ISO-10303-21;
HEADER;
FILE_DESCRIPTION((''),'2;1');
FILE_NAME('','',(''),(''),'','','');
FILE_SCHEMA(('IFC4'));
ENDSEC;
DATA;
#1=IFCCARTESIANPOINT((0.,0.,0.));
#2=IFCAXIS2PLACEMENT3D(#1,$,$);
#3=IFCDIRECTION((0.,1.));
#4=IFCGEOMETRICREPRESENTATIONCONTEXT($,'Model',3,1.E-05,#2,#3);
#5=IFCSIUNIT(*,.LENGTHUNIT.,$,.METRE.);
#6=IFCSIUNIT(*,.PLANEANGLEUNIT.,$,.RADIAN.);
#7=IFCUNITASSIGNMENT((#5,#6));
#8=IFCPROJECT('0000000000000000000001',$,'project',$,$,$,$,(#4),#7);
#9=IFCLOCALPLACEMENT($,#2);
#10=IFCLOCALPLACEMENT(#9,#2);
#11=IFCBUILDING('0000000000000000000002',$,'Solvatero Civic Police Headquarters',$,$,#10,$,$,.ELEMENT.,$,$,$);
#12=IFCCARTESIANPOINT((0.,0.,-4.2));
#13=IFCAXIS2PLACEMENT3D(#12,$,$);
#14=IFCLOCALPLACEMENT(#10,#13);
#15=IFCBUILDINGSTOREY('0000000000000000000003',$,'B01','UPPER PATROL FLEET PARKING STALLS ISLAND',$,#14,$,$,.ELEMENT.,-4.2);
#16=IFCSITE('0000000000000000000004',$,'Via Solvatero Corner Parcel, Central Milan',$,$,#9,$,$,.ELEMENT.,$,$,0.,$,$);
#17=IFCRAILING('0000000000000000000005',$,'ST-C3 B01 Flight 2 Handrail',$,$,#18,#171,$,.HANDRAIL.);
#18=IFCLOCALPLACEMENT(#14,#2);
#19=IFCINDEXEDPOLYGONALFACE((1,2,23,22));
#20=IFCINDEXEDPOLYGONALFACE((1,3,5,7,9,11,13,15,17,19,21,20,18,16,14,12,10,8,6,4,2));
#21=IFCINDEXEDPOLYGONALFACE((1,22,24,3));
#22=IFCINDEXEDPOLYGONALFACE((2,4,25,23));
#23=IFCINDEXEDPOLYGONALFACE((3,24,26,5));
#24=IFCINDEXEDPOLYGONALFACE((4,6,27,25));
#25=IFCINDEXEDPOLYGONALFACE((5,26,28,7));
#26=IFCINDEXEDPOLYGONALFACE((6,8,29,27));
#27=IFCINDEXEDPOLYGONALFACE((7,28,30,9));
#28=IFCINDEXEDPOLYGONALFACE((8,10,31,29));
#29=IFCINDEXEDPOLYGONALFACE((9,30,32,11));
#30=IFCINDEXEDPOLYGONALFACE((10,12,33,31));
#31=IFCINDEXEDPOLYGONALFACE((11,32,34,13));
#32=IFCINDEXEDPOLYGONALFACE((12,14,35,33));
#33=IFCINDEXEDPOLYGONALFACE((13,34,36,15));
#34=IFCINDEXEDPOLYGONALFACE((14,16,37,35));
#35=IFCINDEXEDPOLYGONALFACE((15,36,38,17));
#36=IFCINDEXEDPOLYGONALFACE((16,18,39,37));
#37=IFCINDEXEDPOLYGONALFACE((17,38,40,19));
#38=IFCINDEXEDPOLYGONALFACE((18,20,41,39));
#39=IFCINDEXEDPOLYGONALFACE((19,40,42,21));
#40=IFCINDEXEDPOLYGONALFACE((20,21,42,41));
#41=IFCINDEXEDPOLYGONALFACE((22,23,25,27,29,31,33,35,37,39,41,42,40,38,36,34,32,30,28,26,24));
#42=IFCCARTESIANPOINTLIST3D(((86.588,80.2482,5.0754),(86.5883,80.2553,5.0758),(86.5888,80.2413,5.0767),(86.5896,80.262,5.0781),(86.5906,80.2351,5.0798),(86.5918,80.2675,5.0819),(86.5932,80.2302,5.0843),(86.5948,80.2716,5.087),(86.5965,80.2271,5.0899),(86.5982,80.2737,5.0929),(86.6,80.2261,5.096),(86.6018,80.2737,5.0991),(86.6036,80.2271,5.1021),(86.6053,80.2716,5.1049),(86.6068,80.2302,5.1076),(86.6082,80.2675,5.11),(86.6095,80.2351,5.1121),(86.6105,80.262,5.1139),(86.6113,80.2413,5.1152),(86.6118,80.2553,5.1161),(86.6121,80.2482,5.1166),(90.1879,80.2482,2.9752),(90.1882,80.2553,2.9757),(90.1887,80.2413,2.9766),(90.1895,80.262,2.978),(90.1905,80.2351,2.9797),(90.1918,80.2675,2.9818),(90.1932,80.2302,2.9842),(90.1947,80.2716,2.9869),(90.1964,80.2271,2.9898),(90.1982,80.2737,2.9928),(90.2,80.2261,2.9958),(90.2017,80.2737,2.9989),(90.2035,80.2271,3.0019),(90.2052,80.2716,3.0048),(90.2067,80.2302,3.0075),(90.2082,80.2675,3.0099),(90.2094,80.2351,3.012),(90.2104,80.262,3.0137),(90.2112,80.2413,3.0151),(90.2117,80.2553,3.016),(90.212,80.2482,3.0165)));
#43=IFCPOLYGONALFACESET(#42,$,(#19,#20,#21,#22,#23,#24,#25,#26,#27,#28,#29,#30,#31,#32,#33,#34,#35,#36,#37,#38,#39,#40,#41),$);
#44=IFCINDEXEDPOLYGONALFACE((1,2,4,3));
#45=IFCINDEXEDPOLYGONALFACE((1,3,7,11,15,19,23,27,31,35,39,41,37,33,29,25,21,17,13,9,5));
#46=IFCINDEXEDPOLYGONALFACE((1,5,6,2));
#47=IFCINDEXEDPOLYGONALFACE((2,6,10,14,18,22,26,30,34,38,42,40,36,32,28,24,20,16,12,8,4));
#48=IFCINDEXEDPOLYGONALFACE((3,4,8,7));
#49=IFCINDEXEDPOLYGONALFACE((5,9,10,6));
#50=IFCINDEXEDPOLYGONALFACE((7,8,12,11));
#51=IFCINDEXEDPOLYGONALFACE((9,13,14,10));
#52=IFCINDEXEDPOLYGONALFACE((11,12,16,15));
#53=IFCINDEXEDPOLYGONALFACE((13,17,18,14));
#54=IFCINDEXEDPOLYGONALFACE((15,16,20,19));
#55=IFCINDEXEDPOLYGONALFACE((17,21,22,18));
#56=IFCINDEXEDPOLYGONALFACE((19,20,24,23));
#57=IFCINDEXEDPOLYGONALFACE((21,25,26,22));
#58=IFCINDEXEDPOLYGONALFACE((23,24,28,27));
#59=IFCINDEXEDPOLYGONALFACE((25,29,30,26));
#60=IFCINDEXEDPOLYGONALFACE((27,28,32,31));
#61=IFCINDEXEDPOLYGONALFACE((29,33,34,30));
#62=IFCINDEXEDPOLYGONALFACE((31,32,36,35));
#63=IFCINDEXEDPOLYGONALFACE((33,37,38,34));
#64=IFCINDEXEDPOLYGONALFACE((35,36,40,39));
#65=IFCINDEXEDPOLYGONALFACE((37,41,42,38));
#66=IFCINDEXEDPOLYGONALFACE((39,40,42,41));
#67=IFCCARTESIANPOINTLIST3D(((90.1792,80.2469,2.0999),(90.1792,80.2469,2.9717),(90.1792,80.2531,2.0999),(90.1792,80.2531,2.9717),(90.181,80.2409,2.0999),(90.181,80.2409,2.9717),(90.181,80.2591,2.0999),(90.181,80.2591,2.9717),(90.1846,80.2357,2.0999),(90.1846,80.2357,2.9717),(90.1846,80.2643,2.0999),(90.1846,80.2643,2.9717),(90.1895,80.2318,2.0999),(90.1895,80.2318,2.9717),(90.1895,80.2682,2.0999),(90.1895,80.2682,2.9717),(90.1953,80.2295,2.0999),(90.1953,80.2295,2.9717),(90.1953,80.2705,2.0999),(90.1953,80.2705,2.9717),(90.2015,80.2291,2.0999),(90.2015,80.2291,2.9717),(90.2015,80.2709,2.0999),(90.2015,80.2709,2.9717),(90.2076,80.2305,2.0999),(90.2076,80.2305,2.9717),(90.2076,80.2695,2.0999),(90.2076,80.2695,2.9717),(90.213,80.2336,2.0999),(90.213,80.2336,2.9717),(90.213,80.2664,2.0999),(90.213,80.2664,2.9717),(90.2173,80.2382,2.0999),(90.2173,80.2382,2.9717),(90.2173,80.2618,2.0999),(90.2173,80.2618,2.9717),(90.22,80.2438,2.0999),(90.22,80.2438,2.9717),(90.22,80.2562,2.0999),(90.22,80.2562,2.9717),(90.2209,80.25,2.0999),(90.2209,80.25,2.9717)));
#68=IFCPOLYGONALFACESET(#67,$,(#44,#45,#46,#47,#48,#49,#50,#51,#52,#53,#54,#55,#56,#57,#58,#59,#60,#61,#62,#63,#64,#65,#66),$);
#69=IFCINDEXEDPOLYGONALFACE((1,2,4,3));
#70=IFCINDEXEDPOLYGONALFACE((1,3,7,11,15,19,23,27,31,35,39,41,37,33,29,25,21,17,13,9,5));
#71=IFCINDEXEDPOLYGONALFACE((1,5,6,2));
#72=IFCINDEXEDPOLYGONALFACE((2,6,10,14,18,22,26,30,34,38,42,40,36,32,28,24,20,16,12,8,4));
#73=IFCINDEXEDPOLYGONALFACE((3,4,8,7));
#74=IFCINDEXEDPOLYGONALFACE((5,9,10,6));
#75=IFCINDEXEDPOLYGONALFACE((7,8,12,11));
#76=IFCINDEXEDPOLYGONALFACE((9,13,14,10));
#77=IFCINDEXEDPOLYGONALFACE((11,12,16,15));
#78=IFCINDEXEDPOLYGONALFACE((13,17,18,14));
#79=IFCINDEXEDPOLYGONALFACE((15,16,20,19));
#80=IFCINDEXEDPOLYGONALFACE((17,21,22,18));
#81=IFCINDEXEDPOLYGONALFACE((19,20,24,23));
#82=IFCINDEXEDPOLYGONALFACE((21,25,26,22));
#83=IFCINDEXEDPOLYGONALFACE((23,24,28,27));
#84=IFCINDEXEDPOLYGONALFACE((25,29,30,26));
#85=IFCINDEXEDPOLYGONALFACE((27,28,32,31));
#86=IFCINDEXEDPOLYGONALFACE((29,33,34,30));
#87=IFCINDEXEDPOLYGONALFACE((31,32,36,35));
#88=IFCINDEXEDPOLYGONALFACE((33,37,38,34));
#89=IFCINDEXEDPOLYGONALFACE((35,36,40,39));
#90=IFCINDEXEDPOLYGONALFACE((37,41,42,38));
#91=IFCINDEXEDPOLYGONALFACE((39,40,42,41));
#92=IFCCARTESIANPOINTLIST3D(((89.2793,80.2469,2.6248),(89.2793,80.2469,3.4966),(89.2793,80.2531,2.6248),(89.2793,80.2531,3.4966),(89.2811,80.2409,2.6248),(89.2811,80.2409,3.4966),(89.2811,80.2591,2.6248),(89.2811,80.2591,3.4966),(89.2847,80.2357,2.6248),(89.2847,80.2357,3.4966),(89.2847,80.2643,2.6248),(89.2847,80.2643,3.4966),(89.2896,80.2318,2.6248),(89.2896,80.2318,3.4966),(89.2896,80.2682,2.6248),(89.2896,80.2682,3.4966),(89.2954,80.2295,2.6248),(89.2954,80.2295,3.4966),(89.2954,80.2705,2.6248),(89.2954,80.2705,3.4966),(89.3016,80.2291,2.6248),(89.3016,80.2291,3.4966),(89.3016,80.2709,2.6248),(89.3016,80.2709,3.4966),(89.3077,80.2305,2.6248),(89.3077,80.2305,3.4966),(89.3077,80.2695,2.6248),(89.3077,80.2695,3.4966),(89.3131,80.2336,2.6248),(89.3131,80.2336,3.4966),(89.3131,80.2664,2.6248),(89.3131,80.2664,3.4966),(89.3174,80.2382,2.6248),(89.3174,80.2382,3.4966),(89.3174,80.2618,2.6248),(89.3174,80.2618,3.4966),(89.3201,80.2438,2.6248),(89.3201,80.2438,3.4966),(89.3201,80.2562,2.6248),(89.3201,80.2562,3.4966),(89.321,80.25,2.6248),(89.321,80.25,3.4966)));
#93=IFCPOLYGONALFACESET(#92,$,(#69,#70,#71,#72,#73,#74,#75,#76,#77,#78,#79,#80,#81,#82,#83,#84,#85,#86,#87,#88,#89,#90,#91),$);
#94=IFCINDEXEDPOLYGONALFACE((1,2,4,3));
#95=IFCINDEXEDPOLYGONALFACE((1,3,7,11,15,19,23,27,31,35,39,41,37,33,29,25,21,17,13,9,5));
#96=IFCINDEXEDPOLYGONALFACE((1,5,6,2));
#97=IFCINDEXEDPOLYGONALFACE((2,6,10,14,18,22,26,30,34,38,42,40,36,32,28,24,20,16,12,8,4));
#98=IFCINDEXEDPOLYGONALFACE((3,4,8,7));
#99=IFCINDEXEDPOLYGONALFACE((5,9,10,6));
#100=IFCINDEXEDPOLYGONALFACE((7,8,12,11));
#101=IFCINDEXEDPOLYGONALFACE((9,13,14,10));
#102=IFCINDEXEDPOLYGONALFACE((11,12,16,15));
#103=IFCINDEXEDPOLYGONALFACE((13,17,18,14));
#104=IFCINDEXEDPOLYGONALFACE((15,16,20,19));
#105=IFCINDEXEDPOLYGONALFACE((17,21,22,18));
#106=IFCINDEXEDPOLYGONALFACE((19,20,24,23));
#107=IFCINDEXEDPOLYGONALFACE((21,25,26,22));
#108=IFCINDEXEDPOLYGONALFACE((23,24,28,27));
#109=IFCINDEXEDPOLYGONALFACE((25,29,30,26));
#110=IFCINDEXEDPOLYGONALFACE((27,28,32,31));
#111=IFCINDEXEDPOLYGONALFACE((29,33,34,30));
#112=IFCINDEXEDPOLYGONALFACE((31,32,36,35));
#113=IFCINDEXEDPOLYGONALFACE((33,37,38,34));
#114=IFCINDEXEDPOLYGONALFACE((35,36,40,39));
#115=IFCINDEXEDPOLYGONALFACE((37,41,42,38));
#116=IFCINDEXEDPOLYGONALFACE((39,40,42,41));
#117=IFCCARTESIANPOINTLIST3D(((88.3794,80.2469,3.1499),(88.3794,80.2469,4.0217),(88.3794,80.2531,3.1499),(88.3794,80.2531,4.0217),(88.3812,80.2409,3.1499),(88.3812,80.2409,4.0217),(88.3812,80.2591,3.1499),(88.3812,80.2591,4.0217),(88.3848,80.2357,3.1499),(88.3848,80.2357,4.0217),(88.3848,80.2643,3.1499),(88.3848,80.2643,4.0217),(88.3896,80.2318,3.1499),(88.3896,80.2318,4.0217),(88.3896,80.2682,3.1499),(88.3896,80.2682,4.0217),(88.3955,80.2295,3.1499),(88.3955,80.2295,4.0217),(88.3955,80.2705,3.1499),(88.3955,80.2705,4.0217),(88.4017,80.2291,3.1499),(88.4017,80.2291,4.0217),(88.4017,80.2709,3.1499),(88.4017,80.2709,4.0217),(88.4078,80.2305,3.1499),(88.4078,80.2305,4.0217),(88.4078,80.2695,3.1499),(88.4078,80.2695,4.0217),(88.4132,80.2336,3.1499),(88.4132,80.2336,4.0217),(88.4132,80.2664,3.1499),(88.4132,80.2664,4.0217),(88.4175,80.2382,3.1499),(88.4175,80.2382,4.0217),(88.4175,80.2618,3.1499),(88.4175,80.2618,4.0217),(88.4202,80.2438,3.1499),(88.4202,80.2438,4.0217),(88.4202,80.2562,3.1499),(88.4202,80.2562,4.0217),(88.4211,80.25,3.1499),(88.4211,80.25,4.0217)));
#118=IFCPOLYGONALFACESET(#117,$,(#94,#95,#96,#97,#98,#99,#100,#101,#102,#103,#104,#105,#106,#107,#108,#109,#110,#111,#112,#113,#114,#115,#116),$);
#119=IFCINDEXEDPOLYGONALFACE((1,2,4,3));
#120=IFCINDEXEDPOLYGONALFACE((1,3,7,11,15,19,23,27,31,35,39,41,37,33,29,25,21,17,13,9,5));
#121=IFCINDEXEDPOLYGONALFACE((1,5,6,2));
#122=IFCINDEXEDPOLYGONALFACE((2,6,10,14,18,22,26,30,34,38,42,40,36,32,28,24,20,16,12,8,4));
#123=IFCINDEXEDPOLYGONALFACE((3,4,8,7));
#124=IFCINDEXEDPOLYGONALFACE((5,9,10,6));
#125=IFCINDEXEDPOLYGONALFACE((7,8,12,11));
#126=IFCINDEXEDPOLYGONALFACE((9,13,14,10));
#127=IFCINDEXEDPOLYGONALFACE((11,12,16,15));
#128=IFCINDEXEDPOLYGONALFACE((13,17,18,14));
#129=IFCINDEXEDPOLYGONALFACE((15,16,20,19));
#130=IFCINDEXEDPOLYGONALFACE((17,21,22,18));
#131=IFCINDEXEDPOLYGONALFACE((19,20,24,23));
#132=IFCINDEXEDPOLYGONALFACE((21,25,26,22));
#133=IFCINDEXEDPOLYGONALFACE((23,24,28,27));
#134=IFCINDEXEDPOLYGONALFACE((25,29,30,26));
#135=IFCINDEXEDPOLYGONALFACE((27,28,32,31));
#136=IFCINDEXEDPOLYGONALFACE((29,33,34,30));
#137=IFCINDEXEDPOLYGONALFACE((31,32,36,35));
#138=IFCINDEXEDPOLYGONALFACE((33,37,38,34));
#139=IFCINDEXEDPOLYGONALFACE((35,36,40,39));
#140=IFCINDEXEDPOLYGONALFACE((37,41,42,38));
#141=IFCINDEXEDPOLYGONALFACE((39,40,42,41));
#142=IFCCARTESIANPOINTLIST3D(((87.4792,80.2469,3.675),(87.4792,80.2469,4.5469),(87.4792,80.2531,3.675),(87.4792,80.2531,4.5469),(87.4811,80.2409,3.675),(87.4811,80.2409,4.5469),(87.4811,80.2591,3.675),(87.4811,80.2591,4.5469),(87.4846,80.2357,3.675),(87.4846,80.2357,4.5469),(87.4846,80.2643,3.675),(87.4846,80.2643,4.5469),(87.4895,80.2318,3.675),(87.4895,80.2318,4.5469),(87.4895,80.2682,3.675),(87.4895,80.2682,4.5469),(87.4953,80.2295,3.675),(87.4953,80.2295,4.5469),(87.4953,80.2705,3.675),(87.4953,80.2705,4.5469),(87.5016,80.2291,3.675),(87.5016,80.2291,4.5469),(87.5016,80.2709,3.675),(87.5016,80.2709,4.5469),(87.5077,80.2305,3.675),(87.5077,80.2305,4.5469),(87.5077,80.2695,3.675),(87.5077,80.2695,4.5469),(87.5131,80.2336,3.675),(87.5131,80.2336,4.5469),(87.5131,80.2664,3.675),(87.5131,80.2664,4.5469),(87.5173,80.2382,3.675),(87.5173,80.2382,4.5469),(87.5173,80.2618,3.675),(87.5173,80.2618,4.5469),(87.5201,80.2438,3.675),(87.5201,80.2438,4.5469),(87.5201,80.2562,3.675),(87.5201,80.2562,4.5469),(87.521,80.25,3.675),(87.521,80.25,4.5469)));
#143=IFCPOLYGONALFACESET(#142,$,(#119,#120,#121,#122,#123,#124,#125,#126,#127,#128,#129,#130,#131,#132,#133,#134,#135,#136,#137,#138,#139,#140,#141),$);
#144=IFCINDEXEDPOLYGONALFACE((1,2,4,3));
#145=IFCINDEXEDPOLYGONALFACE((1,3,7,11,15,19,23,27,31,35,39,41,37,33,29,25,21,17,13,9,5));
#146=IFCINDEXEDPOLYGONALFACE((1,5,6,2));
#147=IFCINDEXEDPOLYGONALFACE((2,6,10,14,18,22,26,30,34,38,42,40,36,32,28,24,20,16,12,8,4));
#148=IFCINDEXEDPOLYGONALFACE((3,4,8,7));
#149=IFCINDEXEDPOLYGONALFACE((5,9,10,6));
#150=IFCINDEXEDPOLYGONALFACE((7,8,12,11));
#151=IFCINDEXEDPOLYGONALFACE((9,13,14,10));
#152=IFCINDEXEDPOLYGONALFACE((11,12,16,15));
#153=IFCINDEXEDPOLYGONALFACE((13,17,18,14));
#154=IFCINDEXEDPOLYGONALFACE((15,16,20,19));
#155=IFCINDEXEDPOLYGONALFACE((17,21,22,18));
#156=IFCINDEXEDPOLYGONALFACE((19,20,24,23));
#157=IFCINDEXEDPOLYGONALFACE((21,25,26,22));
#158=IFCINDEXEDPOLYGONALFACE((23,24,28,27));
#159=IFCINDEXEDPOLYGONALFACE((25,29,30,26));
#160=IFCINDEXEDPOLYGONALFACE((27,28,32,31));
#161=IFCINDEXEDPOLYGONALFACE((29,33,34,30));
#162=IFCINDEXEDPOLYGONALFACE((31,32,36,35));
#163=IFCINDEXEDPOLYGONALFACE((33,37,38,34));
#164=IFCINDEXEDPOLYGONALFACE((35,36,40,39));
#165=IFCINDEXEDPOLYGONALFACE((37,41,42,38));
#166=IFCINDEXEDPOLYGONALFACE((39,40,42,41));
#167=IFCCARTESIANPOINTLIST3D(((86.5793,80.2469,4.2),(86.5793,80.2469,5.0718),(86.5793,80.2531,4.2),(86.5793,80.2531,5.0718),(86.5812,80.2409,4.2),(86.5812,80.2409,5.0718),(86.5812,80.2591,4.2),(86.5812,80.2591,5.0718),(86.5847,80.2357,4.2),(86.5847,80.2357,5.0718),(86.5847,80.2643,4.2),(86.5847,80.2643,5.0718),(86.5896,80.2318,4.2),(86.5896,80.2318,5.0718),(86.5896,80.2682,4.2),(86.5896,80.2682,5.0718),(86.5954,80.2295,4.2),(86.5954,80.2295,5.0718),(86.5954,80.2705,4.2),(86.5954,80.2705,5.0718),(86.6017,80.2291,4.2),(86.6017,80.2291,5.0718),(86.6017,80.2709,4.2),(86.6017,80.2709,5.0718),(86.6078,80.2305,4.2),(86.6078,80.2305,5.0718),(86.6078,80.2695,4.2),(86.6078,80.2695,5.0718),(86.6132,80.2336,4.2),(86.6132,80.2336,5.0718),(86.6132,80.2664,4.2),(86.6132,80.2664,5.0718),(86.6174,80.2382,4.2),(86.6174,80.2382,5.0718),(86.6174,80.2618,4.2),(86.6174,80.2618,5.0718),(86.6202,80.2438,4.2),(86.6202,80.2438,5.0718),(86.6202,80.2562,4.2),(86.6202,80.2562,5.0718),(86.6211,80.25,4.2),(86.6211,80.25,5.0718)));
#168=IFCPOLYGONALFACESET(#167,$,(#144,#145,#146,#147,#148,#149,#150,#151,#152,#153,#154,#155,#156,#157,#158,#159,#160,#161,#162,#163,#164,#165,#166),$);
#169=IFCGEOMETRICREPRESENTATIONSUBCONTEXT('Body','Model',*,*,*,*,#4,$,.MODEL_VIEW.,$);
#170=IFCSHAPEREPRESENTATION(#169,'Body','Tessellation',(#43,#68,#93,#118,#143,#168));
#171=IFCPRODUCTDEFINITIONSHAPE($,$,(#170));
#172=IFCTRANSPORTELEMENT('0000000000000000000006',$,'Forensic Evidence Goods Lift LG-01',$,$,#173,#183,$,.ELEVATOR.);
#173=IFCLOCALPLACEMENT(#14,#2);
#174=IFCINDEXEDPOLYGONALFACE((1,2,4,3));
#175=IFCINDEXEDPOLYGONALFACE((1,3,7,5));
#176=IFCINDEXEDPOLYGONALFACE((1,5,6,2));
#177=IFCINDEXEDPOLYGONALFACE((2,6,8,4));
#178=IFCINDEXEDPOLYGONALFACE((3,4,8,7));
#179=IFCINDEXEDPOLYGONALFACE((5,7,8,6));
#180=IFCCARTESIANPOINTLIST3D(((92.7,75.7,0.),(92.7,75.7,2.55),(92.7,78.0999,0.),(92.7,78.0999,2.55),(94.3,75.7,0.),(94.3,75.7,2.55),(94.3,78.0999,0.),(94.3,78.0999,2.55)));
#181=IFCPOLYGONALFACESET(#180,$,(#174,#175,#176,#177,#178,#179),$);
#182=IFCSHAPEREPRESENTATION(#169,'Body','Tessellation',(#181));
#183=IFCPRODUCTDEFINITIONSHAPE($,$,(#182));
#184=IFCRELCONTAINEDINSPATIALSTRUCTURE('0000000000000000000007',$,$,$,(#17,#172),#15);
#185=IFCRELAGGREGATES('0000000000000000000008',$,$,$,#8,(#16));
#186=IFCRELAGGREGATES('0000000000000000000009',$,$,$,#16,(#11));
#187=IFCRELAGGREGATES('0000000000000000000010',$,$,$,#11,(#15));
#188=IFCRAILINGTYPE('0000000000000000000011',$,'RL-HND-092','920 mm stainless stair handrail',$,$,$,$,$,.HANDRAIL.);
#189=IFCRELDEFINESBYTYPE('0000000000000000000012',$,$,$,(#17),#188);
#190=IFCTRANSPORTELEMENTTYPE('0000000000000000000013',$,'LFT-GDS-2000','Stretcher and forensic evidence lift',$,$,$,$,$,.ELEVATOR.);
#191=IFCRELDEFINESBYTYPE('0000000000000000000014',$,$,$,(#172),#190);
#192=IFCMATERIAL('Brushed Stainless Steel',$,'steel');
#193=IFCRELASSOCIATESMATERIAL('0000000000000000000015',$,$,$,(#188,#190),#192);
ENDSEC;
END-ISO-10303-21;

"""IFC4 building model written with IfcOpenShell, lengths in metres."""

from ifc_helpers import new_model, si_unit, direction, frame, origin, origin_2d, place, context, subcontext, project, spatial, rectangle, circle, extrude, material, type_object, element, save


model = new_model("IFC4")

# Units and contexts
model_context = context("Model", 3, precision=1e-05, world=origin(), true_north=direction((0.0, 1.0)))
body_context = subcontext(model_context, "Body", "Model", "MODEL_VIEW")
ifc_project = project(units=[si_unit("LENGTHUNIT", "METRE"), si_unit("PLANEANGLEUNIT", "RADIAN")], contexts=[model_context])

# Site, building, storey
site_placement = place(None, origin())
site = spatial("IfcSite", under=ifc_project, at=site_placement, Name="Via Solvatero Corner Parcel, Central Milan", CompositionType="ELEMENT", RefElevation=0.0)
building_placement = place(site_placement, origin())
building = spatial("IfcBuilding", under=site, at=building_placement, Name="Solvatero Civic Police Headquarters", CompositionType="ELEMENT")
storey_placement = place(building_placement, frame((0.0, 0.0, -4.2)))
storey = spatial("IfcBuildingStorey", under=building, at=storey_placement, Name="B01", Description="UPPER PATROL FLEET PARKING STALLS ISLAND", CompositionType="ELEMENT", Elevation=-4.2)

# Railing
ifc_material_1 = material(Name="Brushed Stainless Steel", Category="steel")
railing_type_1 = type_object("IfcRailingType", Name="RL-HND-092", Description="920 mm stainless stair handrail", PredefinedType="HANDRAIL", material=ifc_material_1)
railing_1_placement = place(storey_placement, frame((90.2, 80.25, 2.0999)))
element("IfcRailing", 1, at=railing_1_placement, inside=storey, type_object=railing_type_1, Name="ST-C3 B01 Flight 2 Handrail", PredefinedType="HANDRAIL", context=body_context, shape_type="SweptSolid", body=[
    extrude(circle(Radius=0.0239, at=origin_2d()), frame((0.0, 0.0, 0.896), z_axis=(-0.86376, 0.0, 0.503904), x_axis=(0.0, -1.0, 0.0)), (0.0, 0.0, 1.0), 4.1677),
    extrude(circle(Radius=0.021, at=origin_2d()), origin(), (0.0, 0.0, 1.0), 0.8718),
    extrude(circle(Radius=0.021, at=origin_2d()), frame((-0.8999, 0.0, 0.5249)), (0.0, 0.0, 1.0), 0.8718),
    extrude(circle(Radius=0.021, at=origin_2d()), frame((-1.7998, 0.0, 1.05)), (0.0, 0.0, 1.0), 0.8718),
    extrude(circle(Radius=0.021, at=origin_2d()), frame((-2.7, 0.0, 1.5752)), (0.0, 0.0, 1.0), 0.8718),
    extrude(circle(Radius=0.021, at=origin_2d()), frame((-3.5999, 0.0, 2.1001)), (0.0, 0.0, 1.0), 0.8718),
])

# Transport element
transport_element_type = type_object("IfcTransportElementType", Name="LFT-GDS-2000", Description="Stretcher and forensic evidence lift", PredefinedType="ELEVATOR", material=ifc_material_1)
transport_element_placement = place(storey_placement, frame((93.5, 76.8999, 0.0), z_axis=(0.0, 0.0, 1.0), x_axis=(1.0, 0.0, 0.0)))
element("IfcTransportElement", 2, at=transport_element_placement, inside=storey, type_object=transport_element_type, Name="Forensic Evidence Goods Lift LG-01", PredefinedType="ELEVATOR", context=body_context, shape_type="SweptSolid", body=[
    extrude(rectangle(XDim=1.6001, YDim=2.3999, at=origin_2d()), origin(), (0.0, 0.0, 1.0), 2.55),
])

save(model, "model.ifc")
